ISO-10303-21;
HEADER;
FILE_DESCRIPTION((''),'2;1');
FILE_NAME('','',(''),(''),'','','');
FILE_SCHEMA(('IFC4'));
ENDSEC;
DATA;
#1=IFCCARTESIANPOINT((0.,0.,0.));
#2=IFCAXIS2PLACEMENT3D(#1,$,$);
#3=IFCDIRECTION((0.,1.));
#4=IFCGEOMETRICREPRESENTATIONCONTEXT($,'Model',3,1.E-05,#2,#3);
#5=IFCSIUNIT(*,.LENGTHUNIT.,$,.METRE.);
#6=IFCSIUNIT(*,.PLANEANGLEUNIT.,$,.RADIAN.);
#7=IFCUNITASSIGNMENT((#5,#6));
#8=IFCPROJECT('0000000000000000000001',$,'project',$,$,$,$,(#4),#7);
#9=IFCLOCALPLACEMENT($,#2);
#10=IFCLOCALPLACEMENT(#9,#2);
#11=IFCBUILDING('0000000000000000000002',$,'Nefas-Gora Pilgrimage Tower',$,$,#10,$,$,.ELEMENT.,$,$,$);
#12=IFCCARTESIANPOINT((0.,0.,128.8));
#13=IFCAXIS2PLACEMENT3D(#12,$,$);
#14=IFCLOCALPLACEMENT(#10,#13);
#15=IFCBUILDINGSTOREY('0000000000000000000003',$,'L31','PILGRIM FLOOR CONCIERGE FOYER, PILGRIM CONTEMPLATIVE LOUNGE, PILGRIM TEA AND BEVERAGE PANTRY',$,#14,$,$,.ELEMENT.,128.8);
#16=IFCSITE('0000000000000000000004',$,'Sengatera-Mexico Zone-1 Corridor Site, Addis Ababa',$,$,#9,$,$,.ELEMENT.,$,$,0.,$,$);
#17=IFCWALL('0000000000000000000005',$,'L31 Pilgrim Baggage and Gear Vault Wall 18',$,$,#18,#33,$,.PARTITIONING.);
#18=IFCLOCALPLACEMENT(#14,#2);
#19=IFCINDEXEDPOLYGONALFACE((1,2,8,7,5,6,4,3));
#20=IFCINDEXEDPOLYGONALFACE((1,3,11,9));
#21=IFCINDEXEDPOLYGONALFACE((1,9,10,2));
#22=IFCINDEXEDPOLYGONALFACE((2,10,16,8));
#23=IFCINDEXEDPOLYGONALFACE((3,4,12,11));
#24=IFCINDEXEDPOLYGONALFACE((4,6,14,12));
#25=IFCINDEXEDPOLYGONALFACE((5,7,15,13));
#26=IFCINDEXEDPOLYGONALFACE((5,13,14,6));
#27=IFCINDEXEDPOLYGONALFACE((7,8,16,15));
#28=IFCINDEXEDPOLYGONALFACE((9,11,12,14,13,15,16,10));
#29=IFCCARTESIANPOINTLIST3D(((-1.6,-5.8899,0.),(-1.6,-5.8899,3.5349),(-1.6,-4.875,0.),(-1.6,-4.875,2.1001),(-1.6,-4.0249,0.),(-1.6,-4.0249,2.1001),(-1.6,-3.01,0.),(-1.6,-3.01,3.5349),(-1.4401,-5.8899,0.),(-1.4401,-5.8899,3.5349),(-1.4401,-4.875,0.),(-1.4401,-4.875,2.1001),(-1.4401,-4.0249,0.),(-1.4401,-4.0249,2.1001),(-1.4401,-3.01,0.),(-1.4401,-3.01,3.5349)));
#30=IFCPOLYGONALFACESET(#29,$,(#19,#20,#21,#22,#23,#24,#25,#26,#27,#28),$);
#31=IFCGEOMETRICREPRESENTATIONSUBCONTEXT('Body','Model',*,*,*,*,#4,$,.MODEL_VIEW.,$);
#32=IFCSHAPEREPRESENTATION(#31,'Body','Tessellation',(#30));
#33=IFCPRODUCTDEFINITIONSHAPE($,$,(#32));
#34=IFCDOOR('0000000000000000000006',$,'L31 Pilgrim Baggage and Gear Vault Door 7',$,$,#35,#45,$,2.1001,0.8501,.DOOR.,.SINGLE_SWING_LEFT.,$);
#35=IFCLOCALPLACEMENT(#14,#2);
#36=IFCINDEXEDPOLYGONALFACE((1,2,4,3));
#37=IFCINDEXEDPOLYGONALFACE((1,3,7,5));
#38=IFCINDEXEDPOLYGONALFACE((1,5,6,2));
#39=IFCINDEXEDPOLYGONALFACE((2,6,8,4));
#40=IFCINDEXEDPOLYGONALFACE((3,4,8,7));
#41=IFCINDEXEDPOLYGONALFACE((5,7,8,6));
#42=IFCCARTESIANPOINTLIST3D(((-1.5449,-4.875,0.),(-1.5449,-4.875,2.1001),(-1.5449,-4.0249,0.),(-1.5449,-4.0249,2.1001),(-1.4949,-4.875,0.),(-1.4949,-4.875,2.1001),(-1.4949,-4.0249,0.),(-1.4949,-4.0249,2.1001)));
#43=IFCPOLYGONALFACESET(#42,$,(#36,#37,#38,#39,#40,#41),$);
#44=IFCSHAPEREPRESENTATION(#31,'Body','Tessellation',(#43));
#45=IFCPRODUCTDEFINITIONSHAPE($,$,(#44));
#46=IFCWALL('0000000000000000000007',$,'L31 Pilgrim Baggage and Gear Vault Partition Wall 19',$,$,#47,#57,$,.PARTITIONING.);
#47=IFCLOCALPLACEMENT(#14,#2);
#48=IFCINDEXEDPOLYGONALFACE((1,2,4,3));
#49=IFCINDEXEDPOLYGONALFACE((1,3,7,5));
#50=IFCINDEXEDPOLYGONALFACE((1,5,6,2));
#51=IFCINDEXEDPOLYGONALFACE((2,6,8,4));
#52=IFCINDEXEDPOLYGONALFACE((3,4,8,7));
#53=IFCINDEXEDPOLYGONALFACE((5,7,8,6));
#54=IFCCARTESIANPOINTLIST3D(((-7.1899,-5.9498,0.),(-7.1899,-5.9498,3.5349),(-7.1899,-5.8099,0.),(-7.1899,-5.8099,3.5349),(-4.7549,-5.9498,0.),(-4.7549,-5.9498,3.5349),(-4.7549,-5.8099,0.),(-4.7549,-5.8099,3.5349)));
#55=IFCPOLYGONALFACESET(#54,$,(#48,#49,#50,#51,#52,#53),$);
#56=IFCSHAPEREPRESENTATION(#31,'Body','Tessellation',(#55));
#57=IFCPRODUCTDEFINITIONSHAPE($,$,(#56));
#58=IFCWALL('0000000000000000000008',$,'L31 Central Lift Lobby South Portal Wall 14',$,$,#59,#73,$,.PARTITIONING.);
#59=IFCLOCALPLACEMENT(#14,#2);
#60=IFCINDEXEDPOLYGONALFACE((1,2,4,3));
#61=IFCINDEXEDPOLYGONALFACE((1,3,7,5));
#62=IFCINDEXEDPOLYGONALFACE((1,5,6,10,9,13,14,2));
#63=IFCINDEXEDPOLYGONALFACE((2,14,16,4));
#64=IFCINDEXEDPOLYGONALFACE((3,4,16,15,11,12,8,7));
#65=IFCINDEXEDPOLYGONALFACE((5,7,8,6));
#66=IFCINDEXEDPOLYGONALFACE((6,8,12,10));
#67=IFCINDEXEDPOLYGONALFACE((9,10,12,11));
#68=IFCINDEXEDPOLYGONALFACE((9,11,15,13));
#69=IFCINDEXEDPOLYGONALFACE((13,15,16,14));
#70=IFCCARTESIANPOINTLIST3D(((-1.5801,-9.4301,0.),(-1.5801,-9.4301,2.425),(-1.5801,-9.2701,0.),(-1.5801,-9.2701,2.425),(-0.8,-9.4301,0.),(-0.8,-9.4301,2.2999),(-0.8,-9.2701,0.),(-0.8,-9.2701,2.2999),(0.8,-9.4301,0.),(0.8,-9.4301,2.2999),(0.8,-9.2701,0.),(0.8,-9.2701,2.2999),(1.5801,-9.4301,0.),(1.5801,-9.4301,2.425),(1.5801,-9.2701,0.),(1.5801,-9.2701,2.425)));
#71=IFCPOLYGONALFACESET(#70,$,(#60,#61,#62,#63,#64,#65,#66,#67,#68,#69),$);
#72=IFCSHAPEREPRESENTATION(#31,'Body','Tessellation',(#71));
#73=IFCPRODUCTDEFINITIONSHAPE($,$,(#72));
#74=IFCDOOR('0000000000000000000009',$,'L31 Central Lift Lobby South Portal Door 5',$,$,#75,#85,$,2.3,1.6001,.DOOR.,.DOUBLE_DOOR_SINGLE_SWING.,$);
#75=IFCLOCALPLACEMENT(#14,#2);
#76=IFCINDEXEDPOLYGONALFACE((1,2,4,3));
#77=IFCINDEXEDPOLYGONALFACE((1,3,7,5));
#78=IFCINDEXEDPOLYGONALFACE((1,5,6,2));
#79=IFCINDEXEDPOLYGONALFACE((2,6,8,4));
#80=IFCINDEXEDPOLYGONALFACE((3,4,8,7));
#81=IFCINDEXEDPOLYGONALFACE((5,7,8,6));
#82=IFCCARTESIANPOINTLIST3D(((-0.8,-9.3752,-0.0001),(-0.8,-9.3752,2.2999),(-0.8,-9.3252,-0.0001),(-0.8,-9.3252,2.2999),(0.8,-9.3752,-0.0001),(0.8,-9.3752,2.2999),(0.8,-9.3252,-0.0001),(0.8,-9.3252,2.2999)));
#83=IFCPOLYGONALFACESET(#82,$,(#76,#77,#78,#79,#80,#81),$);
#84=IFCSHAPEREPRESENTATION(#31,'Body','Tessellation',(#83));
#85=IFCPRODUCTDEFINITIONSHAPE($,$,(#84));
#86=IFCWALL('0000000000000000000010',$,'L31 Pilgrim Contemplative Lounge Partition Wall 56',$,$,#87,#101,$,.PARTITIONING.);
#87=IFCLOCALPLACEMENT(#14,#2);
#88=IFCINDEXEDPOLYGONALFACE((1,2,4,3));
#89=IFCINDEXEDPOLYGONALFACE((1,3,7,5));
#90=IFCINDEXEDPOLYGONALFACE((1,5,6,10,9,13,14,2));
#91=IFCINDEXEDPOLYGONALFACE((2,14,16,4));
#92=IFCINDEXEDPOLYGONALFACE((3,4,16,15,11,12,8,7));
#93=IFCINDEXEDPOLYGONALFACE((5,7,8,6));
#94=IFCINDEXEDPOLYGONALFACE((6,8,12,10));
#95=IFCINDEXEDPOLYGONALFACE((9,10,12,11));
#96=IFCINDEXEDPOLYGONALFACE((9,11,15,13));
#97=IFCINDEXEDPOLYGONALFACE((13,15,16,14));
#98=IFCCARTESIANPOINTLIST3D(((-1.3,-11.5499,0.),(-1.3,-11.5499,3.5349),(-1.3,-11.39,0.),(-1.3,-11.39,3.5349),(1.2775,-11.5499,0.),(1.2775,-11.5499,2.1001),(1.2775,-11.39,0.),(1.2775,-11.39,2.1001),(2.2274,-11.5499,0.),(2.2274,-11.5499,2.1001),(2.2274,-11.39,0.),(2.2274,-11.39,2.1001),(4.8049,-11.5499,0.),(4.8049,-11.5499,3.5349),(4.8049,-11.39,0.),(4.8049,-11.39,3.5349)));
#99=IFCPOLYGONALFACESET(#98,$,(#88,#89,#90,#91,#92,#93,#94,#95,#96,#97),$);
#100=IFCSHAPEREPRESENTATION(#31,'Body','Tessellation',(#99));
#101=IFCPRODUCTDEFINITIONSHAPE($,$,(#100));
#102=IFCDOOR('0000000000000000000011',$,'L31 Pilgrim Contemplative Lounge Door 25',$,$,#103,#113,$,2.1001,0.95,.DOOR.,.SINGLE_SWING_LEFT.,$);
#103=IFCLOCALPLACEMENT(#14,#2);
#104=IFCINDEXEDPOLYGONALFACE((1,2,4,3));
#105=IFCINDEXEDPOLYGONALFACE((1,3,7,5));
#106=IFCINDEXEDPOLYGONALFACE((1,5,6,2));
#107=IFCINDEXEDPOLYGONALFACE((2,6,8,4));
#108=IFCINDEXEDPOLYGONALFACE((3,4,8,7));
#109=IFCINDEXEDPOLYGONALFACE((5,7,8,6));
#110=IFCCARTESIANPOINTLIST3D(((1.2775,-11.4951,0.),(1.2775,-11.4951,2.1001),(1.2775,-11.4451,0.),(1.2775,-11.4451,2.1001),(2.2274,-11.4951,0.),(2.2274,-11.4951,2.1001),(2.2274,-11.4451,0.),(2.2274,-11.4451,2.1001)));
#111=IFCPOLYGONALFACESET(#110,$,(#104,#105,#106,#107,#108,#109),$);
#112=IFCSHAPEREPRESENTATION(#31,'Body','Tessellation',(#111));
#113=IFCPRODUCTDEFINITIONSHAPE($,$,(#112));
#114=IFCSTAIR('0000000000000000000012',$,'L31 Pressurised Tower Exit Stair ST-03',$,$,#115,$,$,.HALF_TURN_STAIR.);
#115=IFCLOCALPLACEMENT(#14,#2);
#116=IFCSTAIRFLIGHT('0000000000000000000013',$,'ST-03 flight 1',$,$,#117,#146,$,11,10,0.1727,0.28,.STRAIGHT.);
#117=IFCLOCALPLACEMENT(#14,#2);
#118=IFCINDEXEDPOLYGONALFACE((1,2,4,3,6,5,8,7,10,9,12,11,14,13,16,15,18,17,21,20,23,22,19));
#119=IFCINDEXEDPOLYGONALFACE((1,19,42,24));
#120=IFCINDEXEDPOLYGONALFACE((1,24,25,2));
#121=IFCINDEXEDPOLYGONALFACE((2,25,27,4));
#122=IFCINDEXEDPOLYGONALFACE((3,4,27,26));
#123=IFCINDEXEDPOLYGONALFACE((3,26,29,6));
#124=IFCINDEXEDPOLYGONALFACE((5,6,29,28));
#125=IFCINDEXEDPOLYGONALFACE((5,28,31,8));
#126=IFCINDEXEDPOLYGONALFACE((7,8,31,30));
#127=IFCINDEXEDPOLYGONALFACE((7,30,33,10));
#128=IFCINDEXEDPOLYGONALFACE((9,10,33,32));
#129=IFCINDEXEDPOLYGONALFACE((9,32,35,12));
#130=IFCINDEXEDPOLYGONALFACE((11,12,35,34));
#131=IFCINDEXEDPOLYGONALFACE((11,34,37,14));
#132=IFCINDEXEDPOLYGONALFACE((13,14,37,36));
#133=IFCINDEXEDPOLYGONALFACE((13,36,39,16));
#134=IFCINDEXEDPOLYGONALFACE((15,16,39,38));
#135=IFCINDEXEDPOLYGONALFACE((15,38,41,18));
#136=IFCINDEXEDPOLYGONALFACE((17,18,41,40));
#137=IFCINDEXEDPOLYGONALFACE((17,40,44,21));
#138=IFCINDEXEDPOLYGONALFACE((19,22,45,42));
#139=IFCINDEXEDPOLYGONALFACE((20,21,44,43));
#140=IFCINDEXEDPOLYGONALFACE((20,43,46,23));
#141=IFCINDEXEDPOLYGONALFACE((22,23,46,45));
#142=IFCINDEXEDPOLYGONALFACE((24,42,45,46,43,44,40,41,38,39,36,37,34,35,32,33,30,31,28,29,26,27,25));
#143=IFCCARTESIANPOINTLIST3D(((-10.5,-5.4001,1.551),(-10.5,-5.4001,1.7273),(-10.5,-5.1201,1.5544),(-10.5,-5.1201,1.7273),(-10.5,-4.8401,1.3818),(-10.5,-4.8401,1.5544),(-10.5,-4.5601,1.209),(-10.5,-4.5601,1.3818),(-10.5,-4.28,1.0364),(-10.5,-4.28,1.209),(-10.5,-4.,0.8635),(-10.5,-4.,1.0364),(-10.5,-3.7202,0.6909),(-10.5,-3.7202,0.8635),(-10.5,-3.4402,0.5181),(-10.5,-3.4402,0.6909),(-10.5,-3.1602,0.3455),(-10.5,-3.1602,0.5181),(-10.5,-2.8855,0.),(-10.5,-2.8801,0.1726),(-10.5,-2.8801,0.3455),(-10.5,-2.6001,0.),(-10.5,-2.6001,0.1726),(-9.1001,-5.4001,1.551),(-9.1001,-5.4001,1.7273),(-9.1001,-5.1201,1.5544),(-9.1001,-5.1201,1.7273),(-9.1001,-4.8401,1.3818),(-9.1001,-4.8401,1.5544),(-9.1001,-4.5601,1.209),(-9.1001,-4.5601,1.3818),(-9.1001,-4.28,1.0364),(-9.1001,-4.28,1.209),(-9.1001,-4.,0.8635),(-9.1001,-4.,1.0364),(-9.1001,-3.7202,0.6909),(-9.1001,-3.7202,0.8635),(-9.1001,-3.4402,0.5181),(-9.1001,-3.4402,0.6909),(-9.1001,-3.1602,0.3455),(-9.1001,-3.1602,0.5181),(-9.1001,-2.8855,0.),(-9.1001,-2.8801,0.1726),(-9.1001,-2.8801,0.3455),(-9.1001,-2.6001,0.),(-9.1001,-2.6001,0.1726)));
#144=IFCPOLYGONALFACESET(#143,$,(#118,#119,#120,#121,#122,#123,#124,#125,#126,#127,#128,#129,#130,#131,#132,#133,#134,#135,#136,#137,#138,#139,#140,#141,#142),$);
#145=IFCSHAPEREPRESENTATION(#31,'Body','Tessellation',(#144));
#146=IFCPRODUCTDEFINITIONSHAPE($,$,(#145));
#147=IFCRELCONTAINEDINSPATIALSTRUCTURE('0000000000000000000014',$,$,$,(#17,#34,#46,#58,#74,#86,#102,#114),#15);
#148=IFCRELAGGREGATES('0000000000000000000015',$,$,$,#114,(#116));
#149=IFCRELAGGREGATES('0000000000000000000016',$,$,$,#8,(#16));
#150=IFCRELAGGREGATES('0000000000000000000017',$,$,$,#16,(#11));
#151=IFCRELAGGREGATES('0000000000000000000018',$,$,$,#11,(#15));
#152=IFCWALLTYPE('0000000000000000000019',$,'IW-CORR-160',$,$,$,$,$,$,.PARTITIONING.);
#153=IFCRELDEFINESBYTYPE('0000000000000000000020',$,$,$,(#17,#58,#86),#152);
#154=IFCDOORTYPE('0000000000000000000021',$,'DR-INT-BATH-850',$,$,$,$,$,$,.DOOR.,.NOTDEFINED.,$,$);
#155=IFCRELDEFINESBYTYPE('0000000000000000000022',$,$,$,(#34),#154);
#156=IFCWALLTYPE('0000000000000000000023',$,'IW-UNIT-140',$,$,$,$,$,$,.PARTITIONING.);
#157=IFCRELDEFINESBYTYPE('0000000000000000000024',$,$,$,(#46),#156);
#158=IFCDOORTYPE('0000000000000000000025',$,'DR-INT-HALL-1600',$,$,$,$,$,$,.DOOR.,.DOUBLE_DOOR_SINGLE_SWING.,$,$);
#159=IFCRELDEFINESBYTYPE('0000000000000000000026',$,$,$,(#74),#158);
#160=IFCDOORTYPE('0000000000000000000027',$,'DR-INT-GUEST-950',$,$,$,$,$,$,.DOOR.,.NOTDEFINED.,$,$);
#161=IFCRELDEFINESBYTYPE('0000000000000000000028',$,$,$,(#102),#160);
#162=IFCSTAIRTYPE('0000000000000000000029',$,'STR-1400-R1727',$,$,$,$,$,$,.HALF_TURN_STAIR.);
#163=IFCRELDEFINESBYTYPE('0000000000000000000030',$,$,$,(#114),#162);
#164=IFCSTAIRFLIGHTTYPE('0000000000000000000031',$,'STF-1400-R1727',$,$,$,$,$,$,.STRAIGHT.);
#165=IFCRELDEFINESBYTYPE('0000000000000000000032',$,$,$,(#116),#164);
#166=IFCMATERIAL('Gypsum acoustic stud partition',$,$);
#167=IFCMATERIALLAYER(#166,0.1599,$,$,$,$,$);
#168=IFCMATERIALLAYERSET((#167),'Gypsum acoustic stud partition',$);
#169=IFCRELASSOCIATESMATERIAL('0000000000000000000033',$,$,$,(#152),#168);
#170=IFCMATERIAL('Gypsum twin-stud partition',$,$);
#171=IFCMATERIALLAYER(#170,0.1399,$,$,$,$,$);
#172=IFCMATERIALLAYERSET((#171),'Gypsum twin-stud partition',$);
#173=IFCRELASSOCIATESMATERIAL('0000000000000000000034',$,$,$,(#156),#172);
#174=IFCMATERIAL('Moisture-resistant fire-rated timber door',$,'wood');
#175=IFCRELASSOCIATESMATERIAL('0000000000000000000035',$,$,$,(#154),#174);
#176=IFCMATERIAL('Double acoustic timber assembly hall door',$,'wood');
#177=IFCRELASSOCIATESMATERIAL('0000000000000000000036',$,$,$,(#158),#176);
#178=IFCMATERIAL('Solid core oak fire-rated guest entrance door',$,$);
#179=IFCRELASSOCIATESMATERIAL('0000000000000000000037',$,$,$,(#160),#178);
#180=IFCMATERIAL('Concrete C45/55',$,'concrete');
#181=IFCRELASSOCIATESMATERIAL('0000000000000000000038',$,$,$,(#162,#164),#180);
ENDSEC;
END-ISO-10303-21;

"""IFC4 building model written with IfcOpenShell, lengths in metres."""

from ifc_helpers import new_model, si_unit, direction, frame, frame_2d, origin, place, context, subcontext, project, spatial, polyline, rectangle, outline, extrude, source, transform, mapped, material, layer, layer_set, type_object, element, fill, aggregate, save


model = new_model("IFC4")

# Units and contexts
model_context = context("Model", 3, precision=1e-05, world=origin(), true_north=direction((0.0, 1.0)))
body_context = subcontext(model_context, "Body", "Model", "MODEL_VIEW")
ifc_project = project(units=[si_unit("LENGTHUNIT", "METRE"), si_unit("PLANEANGLEUNIT", "RADIAN")], contexts=[model_context])

# Site, building, storey
site_placement = place(None, origin())
site = spatial("IfcSite", under=ifc_project, at=site_placement, Name="Sengatera-Mexico Zone-1 Corridor Site, Addis Ababa", CompositionType="ELEMENT", RefElevation=0.0)
building_placement = place(site_placement, origin())
building = spatial("IfcBuilding", under=site, at=building_placement, Name="Nefas-Gora Pilgrimage Tower", CompositionType="ELEMENT")
storey_placement = place(building_placement, frame((0.0, 0.0, 128.8)))
storey = spatial("IfcBuildingStorey", under=building, at=storey_placement, Name="L31", Description="PILGRIM FLOOR CONCIERGE FOYER, PILGRIM CONTEMPLATIVE LOUNGE, PILGRIM TEA AND BEVERAGE PANTRY", CompositionType="ELEMENT", Elevation=128.8)

# Shared definitions
ifc_material_1 = material(Name="Concrete C45/55", Category="concrete")

# Shared definitions
ifc_material_2 = material(Name="Gypsum acoustic stud partition")
ifc_layer_1 = layer(ifc_material_2, 0.1599)
ifc_layer_set_1 = layer_set([ifc_layer_1], Name="Gypsum acoustic stud partition")
wall_type_1 = type_object("IfcWallType", Name="IW-CORR-160", PredefinedType="PARTITIONING", material=ifc_layer_set_1)
ifc_material_3 = material(Name="Gypsum twin-stud partition")
ifc_layer_2 = layer(ifc_material_3, 0.1399)
ifc_layer_set_2 = layer_set([ifc_layer_2], Name="Gypsum twin-stud partition")
wall_type_2 = type_object("IfcWallType", Name="IW-UNIT-140", PredefinedType="PARTITIONING", material=ifc_layer_set_2)

# Wall, opening, door
shared_shape_1 = source(origin(), body_context, "Body", "SweptSolid", [
    extrude(rectangle(XDim=2.8799, YDim=0.1599, at=frame_2d((1.4399, 0.0))), origin(), (0.0, 0.0, 1.0), 3.5349),
])
wall_1_placement = place(storey_placement, frame((-1.52, -5.8899, 0.0), z_axis=(0.0, 0.0, 1.0), x_axis=(0.0, 1.0, 0.0)))
wall_1 = element("IfcWall", 1, at=wall_1_placement, inside=storey, type_object=wall_type_1, Name="L31 Pilgrim Baggage and Gear Vault Wall 18", PredefinedType="PARTITIONING", context=body_context, shape_type="MappedRepresentation", body=[
    mapped(shared_shape_1, transform((0.0, 0.0, 0.0), x_axis=(1.0, 0.0, 0.0), y_axis=(0.0, 1.0, 0.0), z_axis=(0.0, 0.0, 1.0), scale=1.0)),
])
opening_1_placement = place(wall_1_placement, frame((1.0149, 0.0, 0.0)))
opening_1 = element("IfcOpeningElement", 2, at=opening_1_placement, cuts=wall_1, PredefinedType="OPENING", context=body_context, shape_type="SweptSolid", body=[
    extrude(rectangle(XDim=0.8501, YDim=2.1001, at=frame_2d((0.425, 1.05))), frame((0.0, 0.0898, 0.0), z_axis=(0.0, -1.0, 0.0), x_axis=(1.0, 0.0, 0.0)), (0.0, 0.0, 1.0), 0.1799),
])
ifc_material_4 = material(Name="Moisture-resistant fire-rated timber door", Category="wood")
door_type_1 = type_object("IfcDoorType", Name="DR-INT-BATH-850", OperationType="NOTDEFINED", PredefinedType="DOOR", material=ifc_material_4)
shared_shape_2 = source(origin(), body_context, "Body", "SweptSolid", [
    extrude(rectangle(XDim=0.8501, YDim=2.1001, at=frame_2d((0.425, 1.05))), frame((0.0, 0.0249, 0.0), z_axis=(0.0, -1.0, 0.0), x_axis=(1.0, 0.0, 0.0)), (0.0, 0.0, 1.0), 0.05),
])
door_1_placement = place(opening_1_placement, origin())
door_1 = element("IfcDoor", 3, at=door_1_placement, inside=storey, type_object=door_type_1, Name="L31 Pilgrim Baggage and Gear Vault Door 7", OperationType="SINGLE_SWING_LEFT", OverallHeight=2.1001, OverallWidth=0.8501, PredefinedType="DOOR", context=body_context, shape_type="MappedRepresentation", body=[
    mapped(shared_shape_2, transform((0.0, 0.0, 0.0), x_axis=(1.0, 0.0, 0.0), y_axis=(0.0, 1.0, 0.0), z_axis=(0.0, 0.0, 1.0), scale=1.0)),
])
fill(opening_1, door_1)

# Wall
shared_shape_3 = source(origin(), body_context, "Body", "SweptSolid", [
    extrude(rectangle(XDim=2.4351, YDim=0.1399, at=frame_2d((1.2175, 0.0))), origin(), (0.0, 0.0, 1.0), 3.5349),
])
wall_2_placement = place(storey_placement, frame((-7.1899, -5.8799, 0.0), z_axis=(0.0, 0.0, 1.0), x_axis=(1.0, 0.0, 0.0)))
element("IfcWall", 4, at=wall_2_placement, inside=storey, type_object=wall_type_2, Name="L31 Pilgrim Baggage and Gear Vault Partition Wall 19", PredefinedType="PARTITIONING", context=body_context, shape_type="MappedRepresentation", body=[
    mapped(shared_shape_3, transform((0.0, 0.0, 0.0), x_axis=(1.0, 0.0, 0.0), y_axis=(0.0, 1.0, 0.0), z_axis=(0.0, 0.0, 1.0), scale=1.0)),
])

# Walls, openings, doors
shared_shape_4 = source(origin(), body_context, "Body", "SweptSolid", [
    extrude(rectangle(XDim=3.1602, YDim=0.1599, at=frame_2d((1.5801, 0.0))), origin(), (0.0, 0.0, 1.0), 2.425),
])
wall_3_placement = place(storey_placement, frame((-1.5801, -9.3501, 0.0), z_axis=(0.0, 0.0, 1.0), x_axis=(1.0, 0.0, 0.0)))
wall_3 = element("IfcWall", 5, at=wall_3_placement, inside=storey, type_object=wall_type_1, Name="L31 Central Lift Lobby South Portal Wall 14", PredefinedType="PARTITIONING", context=body_context, shape_type="MappedRepresentation", body=[
    mapped(shared_shape_4, transform((0.0, 0.0, 0.0), x_axis=(1.0, 0.0, 0.0), y_axis=(0.0, 1.0, 0.0), z_axis=(0.0, 0.0, 1.0), scale=1.0)),
])
opening_2_placement = place(wall_3_placement, frame((0.78, 0.0, 0.0)))
opening_2 = element("IfcOpeningElement", 6, at=opening_2_placement, cuts=wall_3, PredefinedType="OPENING", context=body_context, shape_type="SweptSolid", body=[
    extrude(rectangle(XDim=1.6001, YDim=2.3, at=frame_2d((0.8, 1.1499))), frame((0.0, 0.0898, 0.0), z_axis=(0.0, -1.0, 0.0), x_axis=(1.0, 0.0, 0.0)), (0.0, 0.0, 1.0), 0.1799),
])
ifc_material_5 = material(Name="Double acoustic timber assembly hall door", Category="wood")
door_type_2 = type_object("IfcDoorType", Name="DR-INT-HALL-1600", OperationType="DOUBLE_DOOR_SINGLE_SWING", PredefinedType="DOOR", material=ifc_material_5)
shared_shape_5 = source(origin(), body_context, "Body", "SweptSolid", [
    extrude(rectangle(XDim=1.6001, YDim=2.3, at=frame_2d((0.8, 1.1499))), frame((0.0, 0.0249, 0.0), z_axis=(0.0, -1.0, 0.0), x_axis=(1.0, 0.0, 0.0)), (0.0, 0.0, 1.0), 0.05),
])
door_2_placement = place(opening_2_placement, origin())
door_2 = element("IfcDoor", 7, at=door_2_placement, inside=storey, type_object=door_type_2, Name="L31 Central Lift Lobby South Portal Door 5", OperationType="DOUBLE_DOOR_SINGLE_SWING", OverallHeight=2.3, OverallWidth=1.6001, PredefinedType="DOOR", context=body_context, shape_type="MappedRepresentation", body=[
    mapped(shared_shape_5, transform((0.0, 0.0, 0.0), x_axis=(1.0, 0.0, 0.0), y_axis=(0.0, 1.0, 0.0), z_axis=(0.0, 0.0, 1.0), scale=1.0)),
])
fill(opening_2, door_2)
shared_shape_6 = source(origin(), body_context, "Body", "SweptSolid", [
    extrude(rectangle(XDim=6.105, YDim=0.1599, at=frame_2d((3.0525, 0.0))), origin(), (0.0, 0.0, 1.0), 3.5349),
])
wall_4_placement = place(storey_placement, frame((-1.3, -11.47, 0.0), z_axis=(0.0, 0.0, 1.0), x_axis=(1.0, 0.0, 0.0)))
wall_4 = element("IfcWall", 8, at=wall_4_placement, inside=storey, type_object=wall_type_1, Name="L31 Pilgrim Contemplative Lounge Partition Wall 56", PredefinedType="PARTITIONING", context=body_context, shape_type="MappedRepresentation", body=[
    mapped(shared_shape_6, transform((0.0, 0.0, 0.0), x_axis=(1.0, 0.0, 0.0), y_axis=(0.0, 1.0, 0.0), z_axis=(0.0, 0.0, 1.0), scale=1.0)),
])
opening_3_placement = place(wall_4_placement, frame((2.5774, 0.0, 0.0)))
opening_3 = element("IfcOpeningElement", 9, at=opening_3_placement, cuts=wall_4, PredefinedType="OPENING", context=body_context, shape_type="SweptSolid", body=[
    extrude(rectangle(XDim=0.95, YDim=2.1001, at=frame_2d((0.4751, 1.05))), frame((0.0, 0.0898, 0.0), z_axis=(0.0, -1.0, 0.0), x_axis=(1.0, 0.0, 0.0)), (0.0, 0.0, 1.0), 0.1799),
])
ifc_material_6 = material(Name="Solid core oak fire-rated guest entrance door")
door_type_3 = type_object("IfcDoorType", Name="DR-INT-GUEST-950", OperationType="NOTDEFINED", PredefinedType="DOOR", material=ifc_material_6)
shared_shape_7 = source(origin(), body_context, "Body", "SweptSolid", [
    extrude(rectangle(XDim=0.95, YDim=2.1001, at=frame_2d((0.4751, 1.05))), frame((0.0, 0.0249, 0.0), z_axis=(0.0, -1.0, 0.0), x_axis=(1.0, 0.0, 0.0)), (0.0, 0.0, 1.0), 0.05),
])
door_3_placement = place(opening_3_placement, origin())
door_3 = element("IfcDoor", 10, at=door_3_placement, inside=storey, type_object=door_type_3, Name="L31 Pilgrim Contemplative Lounge Door 25", OperationType="SINGLE_SWING_LEFT", OverallHeight=2.1001, OverallWidth=0.95, PredefinedType="DOOR", context=body_context, shape_type="MappedRepresentation", body=[
    mapped(shared_shape_7, transform((0.0, 0.0, 0.0), x_axis=(1.0, 0.0, 0.0), y_axis=(0.0, 1.0, 0.0), z_axis=(0.0, 0.0, 1.0), scale=1.0)),
])
fill(opening_3, door_3)

# Stair, stair flight
stair_type = type_object("IfcStairType", Name="STR-1400-R1727", PredefinedType="HALF_TURN_STAIR", material=ifc_material_1)
stair_placement = place(storey_placement, origin())
stair = element("IfcStair", 11, at=stair_placement, inside=storey, type_object=stair_type, Name="L31 Pressurised Tower Exit Stair ST-03", PredefinedType="HALF_TURN_STAIR")
stair_flight_type = type_object("IfcStairFlightType", Name="STF-1400-R1727", PredefinedType="STRAIGHT", material=ifc_material_1)
shared_shape_8 = source(origin(), body_context, "Body", "SweptSolid", [
    extrude(outline(polyline([(0.0, 0.0), (0.0, 0.1726), (0.28, 0.1726), (0.28, 0.3455), (0.5601, 0.3455), (0.5601, 0.5181), (0.8401, 0.5181), (0.8401, 0.6909), (1.1201, 0.6909), (1.1201, 0.8635), (1.3999, 0.8635), (1.3999, 1.0364), (1.6799, 1.0364), (1.6799, 1.209), (1.96, 1.209), (1.96, 1.3818), (2.24, 1.3818), (2.24, 1.5544), (2.52, 1.5544), (2.52, 1.7273), (2.8, 1.7273), (2.8, 1.8999), (2.8, 1.551), (0.2854, 0.0), (0.0, 0.0)])), frame((0.0, 0.7, 0.0), z_axis=(0.0, -1.0, 0.0), x_axis=(1.0, 0.0, 0.0)), (0.0, 0.0, 1.0), 1.3999),
])
stair_flight_1_placement = place(storey_placement, frame((-9.8, -2.6001, 0.0), z_axis=(0.0, 0.0, 1.0), x_axis=(0.0, -1.0, 0.0)))
stair_flight_1 = element("IfcStairFlight", 12, at=stair_flight_1_placement, type_object=stair_flight_type, Name="ST-03 flight 1", NumberOfRisers=11, NumberOfTreads=10, PredefinedType="STRAIGHT", RiserHeight=0.1727, TreadLength=0.28, context=body_context, shape_type="MappedRepresentation", body=[
    mapped(shared_shape_8, transform((0.0, 0.0, 0.0), x_axis=(1.0, 0.0, 0.0), y_axis=(0.0, 1.0, 0.0), z_axis=(0.0, 0.0, 1.0), scale=1.0)),
])
aggregate(stair, [stair_flight_1])

save(model, "model.ifc")
